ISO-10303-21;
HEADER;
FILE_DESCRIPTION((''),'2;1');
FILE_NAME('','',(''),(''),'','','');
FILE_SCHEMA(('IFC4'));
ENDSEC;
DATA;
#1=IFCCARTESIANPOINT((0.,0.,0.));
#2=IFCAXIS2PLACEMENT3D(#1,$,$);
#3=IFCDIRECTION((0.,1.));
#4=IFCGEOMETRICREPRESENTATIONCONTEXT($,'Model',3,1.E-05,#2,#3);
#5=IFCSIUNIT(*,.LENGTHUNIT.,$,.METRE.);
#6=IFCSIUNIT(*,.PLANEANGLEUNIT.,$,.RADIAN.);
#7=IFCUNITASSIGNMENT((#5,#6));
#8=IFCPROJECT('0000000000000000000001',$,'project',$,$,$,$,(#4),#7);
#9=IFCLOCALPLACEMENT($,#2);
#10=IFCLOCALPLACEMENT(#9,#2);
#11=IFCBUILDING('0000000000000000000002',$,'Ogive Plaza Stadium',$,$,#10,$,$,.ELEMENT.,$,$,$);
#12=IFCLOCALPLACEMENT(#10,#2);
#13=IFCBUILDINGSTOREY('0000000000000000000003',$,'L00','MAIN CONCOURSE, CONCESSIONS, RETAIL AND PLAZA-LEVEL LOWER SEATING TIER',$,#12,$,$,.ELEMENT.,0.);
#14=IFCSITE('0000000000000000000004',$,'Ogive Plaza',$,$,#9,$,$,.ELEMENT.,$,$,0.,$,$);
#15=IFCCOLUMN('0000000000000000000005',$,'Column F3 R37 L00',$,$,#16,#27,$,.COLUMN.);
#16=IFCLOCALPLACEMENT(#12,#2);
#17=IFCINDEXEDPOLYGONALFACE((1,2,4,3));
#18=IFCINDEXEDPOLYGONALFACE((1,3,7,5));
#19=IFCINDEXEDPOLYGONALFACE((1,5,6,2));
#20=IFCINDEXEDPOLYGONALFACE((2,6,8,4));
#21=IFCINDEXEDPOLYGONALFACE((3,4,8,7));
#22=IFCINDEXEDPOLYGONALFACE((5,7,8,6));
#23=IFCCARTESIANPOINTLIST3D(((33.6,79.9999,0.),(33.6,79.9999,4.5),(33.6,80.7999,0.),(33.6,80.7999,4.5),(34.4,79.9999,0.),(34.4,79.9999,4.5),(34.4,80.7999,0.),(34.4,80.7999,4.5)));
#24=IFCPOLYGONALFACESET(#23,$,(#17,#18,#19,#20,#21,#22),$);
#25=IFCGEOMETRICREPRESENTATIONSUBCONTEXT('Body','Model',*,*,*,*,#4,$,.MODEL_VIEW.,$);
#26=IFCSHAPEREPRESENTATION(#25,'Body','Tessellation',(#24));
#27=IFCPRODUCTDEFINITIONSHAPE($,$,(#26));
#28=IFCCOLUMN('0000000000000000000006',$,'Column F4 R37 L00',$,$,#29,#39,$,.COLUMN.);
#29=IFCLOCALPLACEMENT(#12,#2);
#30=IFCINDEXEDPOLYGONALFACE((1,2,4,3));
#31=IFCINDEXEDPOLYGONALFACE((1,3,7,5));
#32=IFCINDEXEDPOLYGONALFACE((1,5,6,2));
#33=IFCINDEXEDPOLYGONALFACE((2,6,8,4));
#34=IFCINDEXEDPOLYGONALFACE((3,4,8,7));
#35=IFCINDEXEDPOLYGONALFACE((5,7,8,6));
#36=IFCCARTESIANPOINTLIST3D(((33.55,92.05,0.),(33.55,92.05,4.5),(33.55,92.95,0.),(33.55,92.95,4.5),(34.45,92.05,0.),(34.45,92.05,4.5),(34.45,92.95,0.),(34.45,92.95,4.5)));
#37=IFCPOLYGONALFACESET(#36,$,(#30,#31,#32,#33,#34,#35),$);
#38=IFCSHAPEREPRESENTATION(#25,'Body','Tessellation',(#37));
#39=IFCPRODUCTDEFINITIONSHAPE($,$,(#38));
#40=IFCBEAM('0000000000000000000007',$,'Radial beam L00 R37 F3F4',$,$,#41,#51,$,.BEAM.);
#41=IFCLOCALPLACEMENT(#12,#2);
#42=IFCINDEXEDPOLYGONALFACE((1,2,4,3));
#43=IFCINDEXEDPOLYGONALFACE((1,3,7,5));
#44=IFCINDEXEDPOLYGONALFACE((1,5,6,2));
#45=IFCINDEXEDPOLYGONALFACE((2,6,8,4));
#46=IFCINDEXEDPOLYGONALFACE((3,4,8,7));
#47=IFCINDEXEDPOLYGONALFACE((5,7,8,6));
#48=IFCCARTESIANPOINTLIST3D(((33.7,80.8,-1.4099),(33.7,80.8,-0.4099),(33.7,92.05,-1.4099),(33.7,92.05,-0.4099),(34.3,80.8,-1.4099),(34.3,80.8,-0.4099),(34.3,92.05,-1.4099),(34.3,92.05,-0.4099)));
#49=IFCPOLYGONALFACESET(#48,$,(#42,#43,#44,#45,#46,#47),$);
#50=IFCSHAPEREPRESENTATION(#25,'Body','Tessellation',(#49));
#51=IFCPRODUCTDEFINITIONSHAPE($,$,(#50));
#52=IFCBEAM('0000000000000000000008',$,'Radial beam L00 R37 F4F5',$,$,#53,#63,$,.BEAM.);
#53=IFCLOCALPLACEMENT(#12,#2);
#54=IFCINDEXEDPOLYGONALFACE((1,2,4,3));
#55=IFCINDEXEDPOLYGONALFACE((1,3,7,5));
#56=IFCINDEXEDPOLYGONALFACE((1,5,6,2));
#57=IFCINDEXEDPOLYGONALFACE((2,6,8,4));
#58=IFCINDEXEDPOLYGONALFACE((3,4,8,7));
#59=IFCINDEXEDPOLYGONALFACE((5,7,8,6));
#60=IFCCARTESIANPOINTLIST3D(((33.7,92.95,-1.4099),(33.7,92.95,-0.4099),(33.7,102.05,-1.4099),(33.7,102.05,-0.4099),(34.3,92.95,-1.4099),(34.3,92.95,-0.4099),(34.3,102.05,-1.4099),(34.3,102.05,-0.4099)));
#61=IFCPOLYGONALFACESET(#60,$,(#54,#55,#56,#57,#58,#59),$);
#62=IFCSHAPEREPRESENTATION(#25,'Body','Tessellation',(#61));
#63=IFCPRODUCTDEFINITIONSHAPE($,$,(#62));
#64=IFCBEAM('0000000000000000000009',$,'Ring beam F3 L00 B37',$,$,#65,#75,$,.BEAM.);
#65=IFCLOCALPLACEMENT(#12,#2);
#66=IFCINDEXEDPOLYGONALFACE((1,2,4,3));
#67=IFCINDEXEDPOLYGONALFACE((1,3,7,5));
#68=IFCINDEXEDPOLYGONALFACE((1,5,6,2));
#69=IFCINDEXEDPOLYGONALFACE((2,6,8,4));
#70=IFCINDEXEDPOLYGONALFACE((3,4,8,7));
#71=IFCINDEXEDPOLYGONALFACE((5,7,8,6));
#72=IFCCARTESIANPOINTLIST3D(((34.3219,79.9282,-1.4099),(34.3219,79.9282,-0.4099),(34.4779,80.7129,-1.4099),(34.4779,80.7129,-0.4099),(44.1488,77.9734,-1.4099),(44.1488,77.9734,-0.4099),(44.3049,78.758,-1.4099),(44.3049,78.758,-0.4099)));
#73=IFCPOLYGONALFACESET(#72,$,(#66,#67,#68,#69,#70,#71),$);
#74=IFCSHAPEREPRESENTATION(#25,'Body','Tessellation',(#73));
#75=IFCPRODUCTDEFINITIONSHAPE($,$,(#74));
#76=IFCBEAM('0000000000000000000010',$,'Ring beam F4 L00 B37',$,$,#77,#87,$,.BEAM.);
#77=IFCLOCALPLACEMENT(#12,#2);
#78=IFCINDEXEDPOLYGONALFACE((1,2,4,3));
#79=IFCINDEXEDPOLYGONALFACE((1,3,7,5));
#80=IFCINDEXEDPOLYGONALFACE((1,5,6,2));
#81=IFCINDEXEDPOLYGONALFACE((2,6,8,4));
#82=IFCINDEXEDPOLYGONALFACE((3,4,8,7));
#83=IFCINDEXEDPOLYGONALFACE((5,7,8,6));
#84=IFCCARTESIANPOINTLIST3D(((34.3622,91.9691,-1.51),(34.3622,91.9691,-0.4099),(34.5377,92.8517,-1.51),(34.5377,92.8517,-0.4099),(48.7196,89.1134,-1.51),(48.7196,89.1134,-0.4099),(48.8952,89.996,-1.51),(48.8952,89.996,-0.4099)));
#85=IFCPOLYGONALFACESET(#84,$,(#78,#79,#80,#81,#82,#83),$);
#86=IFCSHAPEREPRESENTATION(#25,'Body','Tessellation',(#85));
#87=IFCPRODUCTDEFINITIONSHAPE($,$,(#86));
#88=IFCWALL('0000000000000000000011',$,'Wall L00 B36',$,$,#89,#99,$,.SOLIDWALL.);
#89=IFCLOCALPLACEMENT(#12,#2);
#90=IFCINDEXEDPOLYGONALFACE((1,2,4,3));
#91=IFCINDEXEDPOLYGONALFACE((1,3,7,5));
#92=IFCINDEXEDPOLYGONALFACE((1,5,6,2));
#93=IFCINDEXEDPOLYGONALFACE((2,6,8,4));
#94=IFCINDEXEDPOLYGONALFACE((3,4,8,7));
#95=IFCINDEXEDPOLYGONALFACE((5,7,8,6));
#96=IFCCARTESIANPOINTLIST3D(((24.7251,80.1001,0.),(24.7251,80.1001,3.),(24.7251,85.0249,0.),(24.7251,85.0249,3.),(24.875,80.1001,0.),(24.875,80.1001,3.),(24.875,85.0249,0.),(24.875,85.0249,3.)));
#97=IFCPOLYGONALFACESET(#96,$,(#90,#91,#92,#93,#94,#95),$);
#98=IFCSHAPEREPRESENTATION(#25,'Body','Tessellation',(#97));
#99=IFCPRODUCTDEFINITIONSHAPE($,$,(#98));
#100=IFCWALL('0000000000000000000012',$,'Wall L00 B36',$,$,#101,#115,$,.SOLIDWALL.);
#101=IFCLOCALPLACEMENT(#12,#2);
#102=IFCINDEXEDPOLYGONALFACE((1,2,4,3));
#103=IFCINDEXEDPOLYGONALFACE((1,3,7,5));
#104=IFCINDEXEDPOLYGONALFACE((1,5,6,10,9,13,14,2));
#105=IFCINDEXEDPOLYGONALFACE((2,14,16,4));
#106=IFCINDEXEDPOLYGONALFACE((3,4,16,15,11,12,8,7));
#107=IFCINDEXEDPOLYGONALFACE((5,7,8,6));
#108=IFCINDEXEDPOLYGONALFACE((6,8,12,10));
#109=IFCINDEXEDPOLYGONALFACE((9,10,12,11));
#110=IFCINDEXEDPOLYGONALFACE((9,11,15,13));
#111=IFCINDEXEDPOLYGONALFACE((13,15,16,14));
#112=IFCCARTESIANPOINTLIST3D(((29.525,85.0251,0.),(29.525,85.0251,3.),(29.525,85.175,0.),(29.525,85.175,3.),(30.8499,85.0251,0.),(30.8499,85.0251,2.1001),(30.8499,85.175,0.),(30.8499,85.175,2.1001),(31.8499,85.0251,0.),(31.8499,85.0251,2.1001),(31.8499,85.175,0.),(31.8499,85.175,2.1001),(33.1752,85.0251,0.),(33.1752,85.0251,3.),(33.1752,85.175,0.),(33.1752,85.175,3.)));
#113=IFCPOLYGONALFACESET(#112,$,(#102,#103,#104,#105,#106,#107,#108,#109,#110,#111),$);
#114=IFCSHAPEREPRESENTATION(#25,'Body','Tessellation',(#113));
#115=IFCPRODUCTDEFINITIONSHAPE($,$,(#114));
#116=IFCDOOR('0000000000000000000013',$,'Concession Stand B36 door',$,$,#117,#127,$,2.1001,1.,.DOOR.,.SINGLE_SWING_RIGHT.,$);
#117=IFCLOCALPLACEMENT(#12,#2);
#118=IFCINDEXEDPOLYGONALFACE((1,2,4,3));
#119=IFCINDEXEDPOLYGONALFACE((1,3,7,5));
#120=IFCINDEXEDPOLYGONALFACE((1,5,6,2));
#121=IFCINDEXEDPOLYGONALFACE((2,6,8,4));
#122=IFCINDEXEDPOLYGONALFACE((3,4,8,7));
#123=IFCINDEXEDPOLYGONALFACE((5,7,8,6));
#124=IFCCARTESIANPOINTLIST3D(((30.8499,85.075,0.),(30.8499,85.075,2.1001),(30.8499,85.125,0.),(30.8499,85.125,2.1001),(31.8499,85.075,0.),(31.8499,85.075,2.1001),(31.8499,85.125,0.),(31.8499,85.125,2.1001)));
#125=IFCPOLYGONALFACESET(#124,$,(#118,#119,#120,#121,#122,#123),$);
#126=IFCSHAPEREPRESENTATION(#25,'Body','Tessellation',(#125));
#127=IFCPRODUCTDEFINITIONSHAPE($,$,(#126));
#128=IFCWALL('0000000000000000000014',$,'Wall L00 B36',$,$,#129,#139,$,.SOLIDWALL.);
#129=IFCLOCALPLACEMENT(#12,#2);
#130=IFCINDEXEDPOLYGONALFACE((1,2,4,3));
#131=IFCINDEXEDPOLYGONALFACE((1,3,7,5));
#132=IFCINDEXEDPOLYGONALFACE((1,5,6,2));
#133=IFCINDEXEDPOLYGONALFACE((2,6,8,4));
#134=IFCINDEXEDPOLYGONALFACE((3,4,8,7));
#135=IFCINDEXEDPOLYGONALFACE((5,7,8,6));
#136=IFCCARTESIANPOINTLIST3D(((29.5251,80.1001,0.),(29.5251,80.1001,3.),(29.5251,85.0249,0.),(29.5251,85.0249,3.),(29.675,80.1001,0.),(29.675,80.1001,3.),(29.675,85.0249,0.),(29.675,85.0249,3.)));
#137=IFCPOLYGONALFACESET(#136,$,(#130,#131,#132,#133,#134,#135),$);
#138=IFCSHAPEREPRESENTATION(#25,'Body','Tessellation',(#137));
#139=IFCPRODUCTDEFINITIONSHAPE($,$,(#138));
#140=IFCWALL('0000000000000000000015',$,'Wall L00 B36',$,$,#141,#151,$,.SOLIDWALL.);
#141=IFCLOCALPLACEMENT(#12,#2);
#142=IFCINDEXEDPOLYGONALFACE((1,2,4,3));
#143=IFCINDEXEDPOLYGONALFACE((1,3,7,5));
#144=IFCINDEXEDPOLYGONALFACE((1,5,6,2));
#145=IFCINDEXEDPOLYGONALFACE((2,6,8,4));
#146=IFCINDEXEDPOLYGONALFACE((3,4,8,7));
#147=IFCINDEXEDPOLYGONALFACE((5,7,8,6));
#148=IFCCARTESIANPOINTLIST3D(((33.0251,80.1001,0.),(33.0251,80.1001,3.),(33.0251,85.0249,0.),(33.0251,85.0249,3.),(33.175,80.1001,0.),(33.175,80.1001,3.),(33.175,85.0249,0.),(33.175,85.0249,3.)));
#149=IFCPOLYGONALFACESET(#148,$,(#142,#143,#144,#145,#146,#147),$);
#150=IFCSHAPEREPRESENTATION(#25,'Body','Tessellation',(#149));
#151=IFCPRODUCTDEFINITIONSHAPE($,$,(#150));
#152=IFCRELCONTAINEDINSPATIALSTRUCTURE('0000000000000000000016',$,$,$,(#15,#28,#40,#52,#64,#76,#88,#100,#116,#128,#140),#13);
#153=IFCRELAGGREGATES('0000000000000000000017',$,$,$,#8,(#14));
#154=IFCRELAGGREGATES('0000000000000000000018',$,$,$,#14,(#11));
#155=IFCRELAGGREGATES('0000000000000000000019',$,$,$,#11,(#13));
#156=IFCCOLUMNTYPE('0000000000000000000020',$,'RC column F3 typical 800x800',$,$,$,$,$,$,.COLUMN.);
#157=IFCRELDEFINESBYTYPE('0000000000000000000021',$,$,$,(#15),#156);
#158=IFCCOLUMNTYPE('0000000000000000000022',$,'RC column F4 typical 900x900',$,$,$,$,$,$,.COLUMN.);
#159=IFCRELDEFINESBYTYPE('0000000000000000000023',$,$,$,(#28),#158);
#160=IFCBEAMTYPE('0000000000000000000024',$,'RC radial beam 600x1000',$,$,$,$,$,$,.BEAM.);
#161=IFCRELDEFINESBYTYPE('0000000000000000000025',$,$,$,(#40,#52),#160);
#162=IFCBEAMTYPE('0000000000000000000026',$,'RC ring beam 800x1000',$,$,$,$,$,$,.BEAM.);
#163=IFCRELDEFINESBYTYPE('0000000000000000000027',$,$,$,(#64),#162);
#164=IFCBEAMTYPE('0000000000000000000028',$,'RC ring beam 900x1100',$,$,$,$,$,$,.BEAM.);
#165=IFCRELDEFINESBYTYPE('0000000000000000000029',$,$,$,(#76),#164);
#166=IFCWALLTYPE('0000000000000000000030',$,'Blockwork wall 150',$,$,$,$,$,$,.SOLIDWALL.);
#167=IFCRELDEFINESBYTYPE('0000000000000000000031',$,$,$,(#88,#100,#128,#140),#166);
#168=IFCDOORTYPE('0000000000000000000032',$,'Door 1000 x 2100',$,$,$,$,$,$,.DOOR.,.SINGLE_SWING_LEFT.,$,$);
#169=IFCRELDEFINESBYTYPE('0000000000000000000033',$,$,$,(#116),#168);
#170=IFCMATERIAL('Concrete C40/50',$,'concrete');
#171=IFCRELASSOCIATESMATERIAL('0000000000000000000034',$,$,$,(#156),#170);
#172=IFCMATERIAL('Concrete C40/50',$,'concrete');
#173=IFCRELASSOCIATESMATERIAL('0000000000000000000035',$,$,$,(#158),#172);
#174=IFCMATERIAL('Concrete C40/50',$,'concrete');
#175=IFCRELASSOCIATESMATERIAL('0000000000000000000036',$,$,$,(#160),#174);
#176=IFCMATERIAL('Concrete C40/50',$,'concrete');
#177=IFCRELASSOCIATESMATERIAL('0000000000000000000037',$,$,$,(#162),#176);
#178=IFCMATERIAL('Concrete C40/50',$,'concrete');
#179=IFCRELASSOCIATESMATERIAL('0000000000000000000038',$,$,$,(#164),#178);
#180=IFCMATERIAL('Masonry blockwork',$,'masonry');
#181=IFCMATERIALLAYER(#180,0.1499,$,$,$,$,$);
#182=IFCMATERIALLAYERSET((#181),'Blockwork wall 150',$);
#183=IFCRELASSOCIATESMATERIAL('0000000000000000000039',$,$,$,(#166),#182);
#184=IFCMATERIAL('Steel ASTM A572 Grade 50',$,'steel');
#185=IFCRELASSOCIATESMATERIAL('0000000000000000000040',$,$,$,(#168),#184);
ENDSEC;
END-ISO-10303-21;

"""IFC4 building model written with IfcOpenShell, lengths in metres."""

from ifc_helpers import new_model, si_unit, direction, frame, frame_2d, origin, origin_2d, place, context, subcontext, project, spatial, rectangle, extrude, material, layer, layer_set, material_profile, profile_set, type_object, element, fill, save


model = new_model("IFC4")

# Units and contexts
model_context = context("Model", 3, precision=1e-05, world=origin(), true_north=direction((0.0, 1.0)))
body_context = subcontext(model_context, "Body", "Model", "MODEL_VIEW")
ifc_project = project(units=[si_unit("LENGTHUNIT", "METRE"), si_unit("PLANEANGLEUNIT", "RADIAN")], contexts=[model_context])

# Site, building, storey
site_placement = place(None, origin())
site = spatial("IfcSite", under=ifc_project, at=site_placement, Name="Ogive Plaza", CompositionType="ELEMENT", RefElevation=0.0)
building_placement = place(site_placement, origin())
building = spatial("IfcBuilding", under=site, at=building_placement, Name="Ogive Plaza Stadium", CompositionType="ELEMENT")
storey_placement = place(building_placement, origin())
storey = spatial("IfcBuildingStorey", under=building, at=storey_placement, Name="L00", Description="MAIN CONCOURSE, CONCESSIONS, RETAIL AND PLAZA-LEVEL LOWER SEATING TIER", CompositionType="ELEMENT", Elevation=0.0)

# Columns
ifc_material_1 = material(Name="Concrete C40/50", Category="concrete")
ifc_material_profile_1 = material_profile(ifc_material_1, rectangle(XDim=0.8, YDim=0.8, at=origin_2d()), Name="RC 800x800")
ifc_profile_set_1 = profile_set([ifc_material_profile_1], Name="Concrete C40/50")
column_type_1 = type_object("IfcColumnType", Name="RC column F3 typical 800x800", PredefinedType="COLUMN", material=ifc_profile_set_1)
column_1_placement = place(storey_placement, frame((34.0, 80.3999, 0.0), z_axis=(0.0, 0.0, 1.0), x_axis=(-1.0, 0.0, 0.0)))
element("IfcColumn", 1, at=column_1_placement, inside=storey, type_object=column_type_1, Name="Column F3 R37 L00", PredefinedType="COLUMN", context=body_context, shape_type="SweptSolid", body=[
    extrude(rectangle(XDim=0.8, YDim=0.8, at=origin_2d()), origin(), (0.0, 0.0, 1.0), 4.5),
])
ifc_material_2 = material(Name="Concrete C40/50", Category="concrete")
ifc_material_profile_2 = material_profile(ifc_material_2, rectangle(XDim=0.8999, YDim=0.8999, at=origin_2d()), Name="RC 900x900")
ifc_profile_set_2 = profile_set([ifc_material_profile_2], Name="Concrete C40/50")
column_type_2 = type_object("IfcColumnType", Name="RC column F4 typical 900x900", PredefinedType="COLUMN", material=ifc_profile_set_2)
column_2_placement = place(storey_placement, frame((34.0, 92.5, 0.0), z_axis=(0.0, 0.0, 1.0), x_axis=(-1.0, 0.0, 0.0)))
element("IfcColumn", 2, at=column_2_placement, inside=storey, type_object=column_type_2, Name="Column F4 R37 L00", PredefinedType="COLUMN", context=body_context, shape_type="SweptSolid", body=[
    extrude(rectangle(XDim=0.8999, YDim=0.8999, at=origin_2d()), origin(), (0.0, 0.0, 1.0), 4.5),
])

# Beams
ifc_material_3 = material(Name="Concrete C40/50", Category="concrete")
ifc_material_profile_3 = material_profile(ifc_material_3, rectangle(XDim=0.6001, YDim=1.0, at=origin_2d()), Name="RC 600x1000")
ifc_profile_set_3 = profile_set([ifc_material_profile_3], Name="Concrete C40/50")
beam_type_1 = type_object("IfcBeamType", Name="RC radial beam 600x1000", PredefinedType="BEAM", material=ifc_profile_set_3)
beam_1_placement = place(storey_placement, frame((34.0, 80.8, -0.9099), z_axis=(0.0, 1.0, 0.0), x_axis=(-1.0, 0.0, 0.0)))
element("IfcBeam", 3, at=beam_1_placement, inside=storey, type_object=beam_type_1, Name="Radial beam L00 R37 F3F4", PredefinedType="BEAM", context=body_context, shape_type="SweptSolid", body=[
    extrude(rectangle(XDim=0.6001, YDim=1.0, at=origin_2d()), origin(), (0.0, 0.0, 1.0), 11.25),
])
beam_2_placement = place(storey_placement, frame((34.0, 92.95, -0.9099), z_axis=(0.0, 1.0, 0.0), x_axis=(-1.0, 0.0, 0.0)))
element("IfcBeam", 4, at=beam_2_placement, inside=storey, type_object=beam_type_1, Name="Radial beam L00 R37 F4F5", PredefinedType="BEAM", context=body_context, shape_type="SweptSolid", body=[
    extrude(rectangle(XDim=0.6001, YDim=1.0, at=origin_2d()), origin(), (0.0, 0.0, 1.0), 9.1001),
])
ifc_material_4 = material(Name="Concrete C40/50", Category="concrete")
ifc_material_profile_4 = material_profile(ifc_material_4, rectangle(XDim=0.8, YDim=1.0, at=origin_2d()), Name="RC 800x1000")
ifc_profile_set_4 = profile_set([ifc_material_profile_4], Name="Concrete C40/50")
beam_type_2 = type_object("IfcBeamType", Name="RC ring beam 800x1000", PredefinedType="BEAM", material=ifc_profile_set_4)
beam_3_placement = place(storey_placement, frame((34.3999, 80.3206, -0.9099), z_axis=(0.980783, -0.195104, 0.0), x_axis=(0.195104, 0.980783, 0.0)))
element("IfcBeam", 5, at=beam_3_placement, inside=storey, type_object=beam_type_2, Name="Ring beam F3 L00 B37", PredefinedType="BEAM", context=body_context, shape_type="SweptSolid", body=[
    extrude(rectangle(XDim=0.8, YDim=1.0, at=origin_2d()), origin(), (0.0, 0.0, 1.0), 10.0195),
])
ifc_material_5 = material(Name="Concrete C40/50", Category="concrete")
ifc_material_profile_5 = material_profile(ifc_material_5, rectangle(XDim=0.8999, YDim=1.1001, at=origin_2d()), Name="RC 900x1100")
ifc_profile_set_5 = profile_set([ifc_material_profile_5], Name="Concrete C40/50")
beam_type_3 = type_object("IfcBeamType", Name="RC ring beam 900x1100", PredefinedType="BEAM", material=ifc_profile_set_5)
beam_4_placement = place(storey_placement, frame((34.45, 92.4104, -0.96), z_axis=(0.980787, -0.19508, 0.0), x_axis=(0.19508, 0.980787, 0.0)))
element("IfcBeam", 6, at=beam_4_placement, inside=storey, type_object=beam_type_3, Name="Ring beam F4 L00 B37", PredefinedType="BEAM", context=body_context, shape_type="SweptSolid", body=[
    extrude(rectangle(XDim=0.8999, YDim=1.1001, at=origin_2d()), origin(), (0.0, 0.0, 1.0), 14.6387),
])

# Wall
ifc_material_6 = material(Name="Masonry blockwork", Category="masonry")
ifc_layer_1 = layer(ifc_material_6, 0.1499)
ifc_layer_set_1 = layer_set([ifc_layer_1], Name="Blockwork wall 150")
wall_type_1 = type_object("IfcWallType", Name="Blockwork wall 150", PredefinedType="SOLIDWALL", material=ifc_layer_set_1)
wall_1_placement = place(storey_placement, frame((24.8, 80.1001, 0.0), z_axis=(0.0, 0.0, 1.0), x_axis=(0.0, 1.0, 0.0)))
element("IfcWall", 7, at=wall_1_placement, inside=storey, type_object=wall_type_1, Name="Wall L00 B36", PredefinedType="SOLIDWALL", context=body_context, shape_type="SweptSolid", body=[
    extrude(rectangle(XDim=4.9248, YDim=0.1499, at=frame_2d((2.4624, 0.0))), origin(), (0.0, 0.0, 1.0), 3.0),
])

# Wall, opening, door
wall_2_placement = place(storey_placement, frame((29.5249, 85.1001, 0.0), z_axis=(0.0, 0.0, 1.0), x_axis=(1.0, 0.0, 0.0)))
wall_2 = element("IfcWall", 8, at=wall_2_placement, inside=storey, type_object=wall_type_1, Name="Wall L00 B36", PredefinedType="SOLIDWALL", context=body_context, shape_type="SweptSolid", body=[
    extrude(rectangle(XDim=3.6501, YDim=0.1499, at=frame_2d((1.8252, 0.0))), origin(), (0.0, 0.0, 1.0), 3.0),
])
opening_1_placement = place(wall_2_placement, frame((1.325, 0.0, 0.0)))
opening_1 = element("IfcOpeningElement", 9, at=opening_1_placement, cuts=wall_2, PredefinedType="OPENING", context=body_context, shape_type="SweptSolid", body=[
    extrude(rectangle(XDim=1.0, YDim=2.1001, at=frame_2d((0.5, 1.05))), frame((0.0, 0.075, 0.0), z_axis=(0.0, -1.0, 0.0), x_axis=(1.0, 0.0, 0.0)), (0.0, 0.0, 1.0), 0.1499),
])
ifc_material_7 = material(Name="Steel ASTM A572 Grade 50", Category="steel")
door_type_1 = type_object("IfcDoorType", Name="Door 1000 x 2100", OperationType="SINGLE_SWING_LEFT", PredefinedType="DOOR", material=ifc_material_7)
door_1_placement = place(opening_1_placement, origin())
door_1 = element("IfcDoor", 10, at=door_1_placement, inside=storey, type_object=door_type_1, Name="Concession Stand B36 door", OperationType="SINGLE_SWING_RIGHT", OverallHeight=2.1001, OverallWidth=1.0, PredefinedType="DOOR", context=body_context, shape_type="SweptSolid", body=[
    extrude(rectangle(XDim=1.0, YDim=2.1001, at=frame_2d((0.5, 1.05))), frame((0.0, 0.0249, 0.0), z_axis=(0.0, -1.0, 0.0), x_axis=(1.0, 0.0, 0.0)), (0.0, 0.0, 1.0), 0.05),
])
fill(opening_1, door_1)

# Walls
for number, where, z_axis, x_axis, name in (
    (11, (29.6001, 80.1001, 0.0), (0.0, 0.0, 1.0), (0.0, 1.0, 0.0), "Wall L00 B36"),
    (12, (33.1001, 80.1001, 0.0), (0.0, 0.0, 1.0), (0.0, 1.0, 0.0), "Wall L00 B36"),
):
    element("IfcWall", number, at=place(storey_placement, frame(where, z_axis=z_axis, x_axis=x_axis)), inside=storey, type_object=wall_type_1, Name=name, PredefinedType="SOLIDWALL", context=body_context, shape_type="SweptSolid", body=[
        extrude(rectangle(XDim=4.9248, YDim=0.1499, at=frame_2d((2.4624, 0.0))), origin(), (0.0, 0.0, 1.0), 3.0),
    ])

save(model, "model.ifc")
